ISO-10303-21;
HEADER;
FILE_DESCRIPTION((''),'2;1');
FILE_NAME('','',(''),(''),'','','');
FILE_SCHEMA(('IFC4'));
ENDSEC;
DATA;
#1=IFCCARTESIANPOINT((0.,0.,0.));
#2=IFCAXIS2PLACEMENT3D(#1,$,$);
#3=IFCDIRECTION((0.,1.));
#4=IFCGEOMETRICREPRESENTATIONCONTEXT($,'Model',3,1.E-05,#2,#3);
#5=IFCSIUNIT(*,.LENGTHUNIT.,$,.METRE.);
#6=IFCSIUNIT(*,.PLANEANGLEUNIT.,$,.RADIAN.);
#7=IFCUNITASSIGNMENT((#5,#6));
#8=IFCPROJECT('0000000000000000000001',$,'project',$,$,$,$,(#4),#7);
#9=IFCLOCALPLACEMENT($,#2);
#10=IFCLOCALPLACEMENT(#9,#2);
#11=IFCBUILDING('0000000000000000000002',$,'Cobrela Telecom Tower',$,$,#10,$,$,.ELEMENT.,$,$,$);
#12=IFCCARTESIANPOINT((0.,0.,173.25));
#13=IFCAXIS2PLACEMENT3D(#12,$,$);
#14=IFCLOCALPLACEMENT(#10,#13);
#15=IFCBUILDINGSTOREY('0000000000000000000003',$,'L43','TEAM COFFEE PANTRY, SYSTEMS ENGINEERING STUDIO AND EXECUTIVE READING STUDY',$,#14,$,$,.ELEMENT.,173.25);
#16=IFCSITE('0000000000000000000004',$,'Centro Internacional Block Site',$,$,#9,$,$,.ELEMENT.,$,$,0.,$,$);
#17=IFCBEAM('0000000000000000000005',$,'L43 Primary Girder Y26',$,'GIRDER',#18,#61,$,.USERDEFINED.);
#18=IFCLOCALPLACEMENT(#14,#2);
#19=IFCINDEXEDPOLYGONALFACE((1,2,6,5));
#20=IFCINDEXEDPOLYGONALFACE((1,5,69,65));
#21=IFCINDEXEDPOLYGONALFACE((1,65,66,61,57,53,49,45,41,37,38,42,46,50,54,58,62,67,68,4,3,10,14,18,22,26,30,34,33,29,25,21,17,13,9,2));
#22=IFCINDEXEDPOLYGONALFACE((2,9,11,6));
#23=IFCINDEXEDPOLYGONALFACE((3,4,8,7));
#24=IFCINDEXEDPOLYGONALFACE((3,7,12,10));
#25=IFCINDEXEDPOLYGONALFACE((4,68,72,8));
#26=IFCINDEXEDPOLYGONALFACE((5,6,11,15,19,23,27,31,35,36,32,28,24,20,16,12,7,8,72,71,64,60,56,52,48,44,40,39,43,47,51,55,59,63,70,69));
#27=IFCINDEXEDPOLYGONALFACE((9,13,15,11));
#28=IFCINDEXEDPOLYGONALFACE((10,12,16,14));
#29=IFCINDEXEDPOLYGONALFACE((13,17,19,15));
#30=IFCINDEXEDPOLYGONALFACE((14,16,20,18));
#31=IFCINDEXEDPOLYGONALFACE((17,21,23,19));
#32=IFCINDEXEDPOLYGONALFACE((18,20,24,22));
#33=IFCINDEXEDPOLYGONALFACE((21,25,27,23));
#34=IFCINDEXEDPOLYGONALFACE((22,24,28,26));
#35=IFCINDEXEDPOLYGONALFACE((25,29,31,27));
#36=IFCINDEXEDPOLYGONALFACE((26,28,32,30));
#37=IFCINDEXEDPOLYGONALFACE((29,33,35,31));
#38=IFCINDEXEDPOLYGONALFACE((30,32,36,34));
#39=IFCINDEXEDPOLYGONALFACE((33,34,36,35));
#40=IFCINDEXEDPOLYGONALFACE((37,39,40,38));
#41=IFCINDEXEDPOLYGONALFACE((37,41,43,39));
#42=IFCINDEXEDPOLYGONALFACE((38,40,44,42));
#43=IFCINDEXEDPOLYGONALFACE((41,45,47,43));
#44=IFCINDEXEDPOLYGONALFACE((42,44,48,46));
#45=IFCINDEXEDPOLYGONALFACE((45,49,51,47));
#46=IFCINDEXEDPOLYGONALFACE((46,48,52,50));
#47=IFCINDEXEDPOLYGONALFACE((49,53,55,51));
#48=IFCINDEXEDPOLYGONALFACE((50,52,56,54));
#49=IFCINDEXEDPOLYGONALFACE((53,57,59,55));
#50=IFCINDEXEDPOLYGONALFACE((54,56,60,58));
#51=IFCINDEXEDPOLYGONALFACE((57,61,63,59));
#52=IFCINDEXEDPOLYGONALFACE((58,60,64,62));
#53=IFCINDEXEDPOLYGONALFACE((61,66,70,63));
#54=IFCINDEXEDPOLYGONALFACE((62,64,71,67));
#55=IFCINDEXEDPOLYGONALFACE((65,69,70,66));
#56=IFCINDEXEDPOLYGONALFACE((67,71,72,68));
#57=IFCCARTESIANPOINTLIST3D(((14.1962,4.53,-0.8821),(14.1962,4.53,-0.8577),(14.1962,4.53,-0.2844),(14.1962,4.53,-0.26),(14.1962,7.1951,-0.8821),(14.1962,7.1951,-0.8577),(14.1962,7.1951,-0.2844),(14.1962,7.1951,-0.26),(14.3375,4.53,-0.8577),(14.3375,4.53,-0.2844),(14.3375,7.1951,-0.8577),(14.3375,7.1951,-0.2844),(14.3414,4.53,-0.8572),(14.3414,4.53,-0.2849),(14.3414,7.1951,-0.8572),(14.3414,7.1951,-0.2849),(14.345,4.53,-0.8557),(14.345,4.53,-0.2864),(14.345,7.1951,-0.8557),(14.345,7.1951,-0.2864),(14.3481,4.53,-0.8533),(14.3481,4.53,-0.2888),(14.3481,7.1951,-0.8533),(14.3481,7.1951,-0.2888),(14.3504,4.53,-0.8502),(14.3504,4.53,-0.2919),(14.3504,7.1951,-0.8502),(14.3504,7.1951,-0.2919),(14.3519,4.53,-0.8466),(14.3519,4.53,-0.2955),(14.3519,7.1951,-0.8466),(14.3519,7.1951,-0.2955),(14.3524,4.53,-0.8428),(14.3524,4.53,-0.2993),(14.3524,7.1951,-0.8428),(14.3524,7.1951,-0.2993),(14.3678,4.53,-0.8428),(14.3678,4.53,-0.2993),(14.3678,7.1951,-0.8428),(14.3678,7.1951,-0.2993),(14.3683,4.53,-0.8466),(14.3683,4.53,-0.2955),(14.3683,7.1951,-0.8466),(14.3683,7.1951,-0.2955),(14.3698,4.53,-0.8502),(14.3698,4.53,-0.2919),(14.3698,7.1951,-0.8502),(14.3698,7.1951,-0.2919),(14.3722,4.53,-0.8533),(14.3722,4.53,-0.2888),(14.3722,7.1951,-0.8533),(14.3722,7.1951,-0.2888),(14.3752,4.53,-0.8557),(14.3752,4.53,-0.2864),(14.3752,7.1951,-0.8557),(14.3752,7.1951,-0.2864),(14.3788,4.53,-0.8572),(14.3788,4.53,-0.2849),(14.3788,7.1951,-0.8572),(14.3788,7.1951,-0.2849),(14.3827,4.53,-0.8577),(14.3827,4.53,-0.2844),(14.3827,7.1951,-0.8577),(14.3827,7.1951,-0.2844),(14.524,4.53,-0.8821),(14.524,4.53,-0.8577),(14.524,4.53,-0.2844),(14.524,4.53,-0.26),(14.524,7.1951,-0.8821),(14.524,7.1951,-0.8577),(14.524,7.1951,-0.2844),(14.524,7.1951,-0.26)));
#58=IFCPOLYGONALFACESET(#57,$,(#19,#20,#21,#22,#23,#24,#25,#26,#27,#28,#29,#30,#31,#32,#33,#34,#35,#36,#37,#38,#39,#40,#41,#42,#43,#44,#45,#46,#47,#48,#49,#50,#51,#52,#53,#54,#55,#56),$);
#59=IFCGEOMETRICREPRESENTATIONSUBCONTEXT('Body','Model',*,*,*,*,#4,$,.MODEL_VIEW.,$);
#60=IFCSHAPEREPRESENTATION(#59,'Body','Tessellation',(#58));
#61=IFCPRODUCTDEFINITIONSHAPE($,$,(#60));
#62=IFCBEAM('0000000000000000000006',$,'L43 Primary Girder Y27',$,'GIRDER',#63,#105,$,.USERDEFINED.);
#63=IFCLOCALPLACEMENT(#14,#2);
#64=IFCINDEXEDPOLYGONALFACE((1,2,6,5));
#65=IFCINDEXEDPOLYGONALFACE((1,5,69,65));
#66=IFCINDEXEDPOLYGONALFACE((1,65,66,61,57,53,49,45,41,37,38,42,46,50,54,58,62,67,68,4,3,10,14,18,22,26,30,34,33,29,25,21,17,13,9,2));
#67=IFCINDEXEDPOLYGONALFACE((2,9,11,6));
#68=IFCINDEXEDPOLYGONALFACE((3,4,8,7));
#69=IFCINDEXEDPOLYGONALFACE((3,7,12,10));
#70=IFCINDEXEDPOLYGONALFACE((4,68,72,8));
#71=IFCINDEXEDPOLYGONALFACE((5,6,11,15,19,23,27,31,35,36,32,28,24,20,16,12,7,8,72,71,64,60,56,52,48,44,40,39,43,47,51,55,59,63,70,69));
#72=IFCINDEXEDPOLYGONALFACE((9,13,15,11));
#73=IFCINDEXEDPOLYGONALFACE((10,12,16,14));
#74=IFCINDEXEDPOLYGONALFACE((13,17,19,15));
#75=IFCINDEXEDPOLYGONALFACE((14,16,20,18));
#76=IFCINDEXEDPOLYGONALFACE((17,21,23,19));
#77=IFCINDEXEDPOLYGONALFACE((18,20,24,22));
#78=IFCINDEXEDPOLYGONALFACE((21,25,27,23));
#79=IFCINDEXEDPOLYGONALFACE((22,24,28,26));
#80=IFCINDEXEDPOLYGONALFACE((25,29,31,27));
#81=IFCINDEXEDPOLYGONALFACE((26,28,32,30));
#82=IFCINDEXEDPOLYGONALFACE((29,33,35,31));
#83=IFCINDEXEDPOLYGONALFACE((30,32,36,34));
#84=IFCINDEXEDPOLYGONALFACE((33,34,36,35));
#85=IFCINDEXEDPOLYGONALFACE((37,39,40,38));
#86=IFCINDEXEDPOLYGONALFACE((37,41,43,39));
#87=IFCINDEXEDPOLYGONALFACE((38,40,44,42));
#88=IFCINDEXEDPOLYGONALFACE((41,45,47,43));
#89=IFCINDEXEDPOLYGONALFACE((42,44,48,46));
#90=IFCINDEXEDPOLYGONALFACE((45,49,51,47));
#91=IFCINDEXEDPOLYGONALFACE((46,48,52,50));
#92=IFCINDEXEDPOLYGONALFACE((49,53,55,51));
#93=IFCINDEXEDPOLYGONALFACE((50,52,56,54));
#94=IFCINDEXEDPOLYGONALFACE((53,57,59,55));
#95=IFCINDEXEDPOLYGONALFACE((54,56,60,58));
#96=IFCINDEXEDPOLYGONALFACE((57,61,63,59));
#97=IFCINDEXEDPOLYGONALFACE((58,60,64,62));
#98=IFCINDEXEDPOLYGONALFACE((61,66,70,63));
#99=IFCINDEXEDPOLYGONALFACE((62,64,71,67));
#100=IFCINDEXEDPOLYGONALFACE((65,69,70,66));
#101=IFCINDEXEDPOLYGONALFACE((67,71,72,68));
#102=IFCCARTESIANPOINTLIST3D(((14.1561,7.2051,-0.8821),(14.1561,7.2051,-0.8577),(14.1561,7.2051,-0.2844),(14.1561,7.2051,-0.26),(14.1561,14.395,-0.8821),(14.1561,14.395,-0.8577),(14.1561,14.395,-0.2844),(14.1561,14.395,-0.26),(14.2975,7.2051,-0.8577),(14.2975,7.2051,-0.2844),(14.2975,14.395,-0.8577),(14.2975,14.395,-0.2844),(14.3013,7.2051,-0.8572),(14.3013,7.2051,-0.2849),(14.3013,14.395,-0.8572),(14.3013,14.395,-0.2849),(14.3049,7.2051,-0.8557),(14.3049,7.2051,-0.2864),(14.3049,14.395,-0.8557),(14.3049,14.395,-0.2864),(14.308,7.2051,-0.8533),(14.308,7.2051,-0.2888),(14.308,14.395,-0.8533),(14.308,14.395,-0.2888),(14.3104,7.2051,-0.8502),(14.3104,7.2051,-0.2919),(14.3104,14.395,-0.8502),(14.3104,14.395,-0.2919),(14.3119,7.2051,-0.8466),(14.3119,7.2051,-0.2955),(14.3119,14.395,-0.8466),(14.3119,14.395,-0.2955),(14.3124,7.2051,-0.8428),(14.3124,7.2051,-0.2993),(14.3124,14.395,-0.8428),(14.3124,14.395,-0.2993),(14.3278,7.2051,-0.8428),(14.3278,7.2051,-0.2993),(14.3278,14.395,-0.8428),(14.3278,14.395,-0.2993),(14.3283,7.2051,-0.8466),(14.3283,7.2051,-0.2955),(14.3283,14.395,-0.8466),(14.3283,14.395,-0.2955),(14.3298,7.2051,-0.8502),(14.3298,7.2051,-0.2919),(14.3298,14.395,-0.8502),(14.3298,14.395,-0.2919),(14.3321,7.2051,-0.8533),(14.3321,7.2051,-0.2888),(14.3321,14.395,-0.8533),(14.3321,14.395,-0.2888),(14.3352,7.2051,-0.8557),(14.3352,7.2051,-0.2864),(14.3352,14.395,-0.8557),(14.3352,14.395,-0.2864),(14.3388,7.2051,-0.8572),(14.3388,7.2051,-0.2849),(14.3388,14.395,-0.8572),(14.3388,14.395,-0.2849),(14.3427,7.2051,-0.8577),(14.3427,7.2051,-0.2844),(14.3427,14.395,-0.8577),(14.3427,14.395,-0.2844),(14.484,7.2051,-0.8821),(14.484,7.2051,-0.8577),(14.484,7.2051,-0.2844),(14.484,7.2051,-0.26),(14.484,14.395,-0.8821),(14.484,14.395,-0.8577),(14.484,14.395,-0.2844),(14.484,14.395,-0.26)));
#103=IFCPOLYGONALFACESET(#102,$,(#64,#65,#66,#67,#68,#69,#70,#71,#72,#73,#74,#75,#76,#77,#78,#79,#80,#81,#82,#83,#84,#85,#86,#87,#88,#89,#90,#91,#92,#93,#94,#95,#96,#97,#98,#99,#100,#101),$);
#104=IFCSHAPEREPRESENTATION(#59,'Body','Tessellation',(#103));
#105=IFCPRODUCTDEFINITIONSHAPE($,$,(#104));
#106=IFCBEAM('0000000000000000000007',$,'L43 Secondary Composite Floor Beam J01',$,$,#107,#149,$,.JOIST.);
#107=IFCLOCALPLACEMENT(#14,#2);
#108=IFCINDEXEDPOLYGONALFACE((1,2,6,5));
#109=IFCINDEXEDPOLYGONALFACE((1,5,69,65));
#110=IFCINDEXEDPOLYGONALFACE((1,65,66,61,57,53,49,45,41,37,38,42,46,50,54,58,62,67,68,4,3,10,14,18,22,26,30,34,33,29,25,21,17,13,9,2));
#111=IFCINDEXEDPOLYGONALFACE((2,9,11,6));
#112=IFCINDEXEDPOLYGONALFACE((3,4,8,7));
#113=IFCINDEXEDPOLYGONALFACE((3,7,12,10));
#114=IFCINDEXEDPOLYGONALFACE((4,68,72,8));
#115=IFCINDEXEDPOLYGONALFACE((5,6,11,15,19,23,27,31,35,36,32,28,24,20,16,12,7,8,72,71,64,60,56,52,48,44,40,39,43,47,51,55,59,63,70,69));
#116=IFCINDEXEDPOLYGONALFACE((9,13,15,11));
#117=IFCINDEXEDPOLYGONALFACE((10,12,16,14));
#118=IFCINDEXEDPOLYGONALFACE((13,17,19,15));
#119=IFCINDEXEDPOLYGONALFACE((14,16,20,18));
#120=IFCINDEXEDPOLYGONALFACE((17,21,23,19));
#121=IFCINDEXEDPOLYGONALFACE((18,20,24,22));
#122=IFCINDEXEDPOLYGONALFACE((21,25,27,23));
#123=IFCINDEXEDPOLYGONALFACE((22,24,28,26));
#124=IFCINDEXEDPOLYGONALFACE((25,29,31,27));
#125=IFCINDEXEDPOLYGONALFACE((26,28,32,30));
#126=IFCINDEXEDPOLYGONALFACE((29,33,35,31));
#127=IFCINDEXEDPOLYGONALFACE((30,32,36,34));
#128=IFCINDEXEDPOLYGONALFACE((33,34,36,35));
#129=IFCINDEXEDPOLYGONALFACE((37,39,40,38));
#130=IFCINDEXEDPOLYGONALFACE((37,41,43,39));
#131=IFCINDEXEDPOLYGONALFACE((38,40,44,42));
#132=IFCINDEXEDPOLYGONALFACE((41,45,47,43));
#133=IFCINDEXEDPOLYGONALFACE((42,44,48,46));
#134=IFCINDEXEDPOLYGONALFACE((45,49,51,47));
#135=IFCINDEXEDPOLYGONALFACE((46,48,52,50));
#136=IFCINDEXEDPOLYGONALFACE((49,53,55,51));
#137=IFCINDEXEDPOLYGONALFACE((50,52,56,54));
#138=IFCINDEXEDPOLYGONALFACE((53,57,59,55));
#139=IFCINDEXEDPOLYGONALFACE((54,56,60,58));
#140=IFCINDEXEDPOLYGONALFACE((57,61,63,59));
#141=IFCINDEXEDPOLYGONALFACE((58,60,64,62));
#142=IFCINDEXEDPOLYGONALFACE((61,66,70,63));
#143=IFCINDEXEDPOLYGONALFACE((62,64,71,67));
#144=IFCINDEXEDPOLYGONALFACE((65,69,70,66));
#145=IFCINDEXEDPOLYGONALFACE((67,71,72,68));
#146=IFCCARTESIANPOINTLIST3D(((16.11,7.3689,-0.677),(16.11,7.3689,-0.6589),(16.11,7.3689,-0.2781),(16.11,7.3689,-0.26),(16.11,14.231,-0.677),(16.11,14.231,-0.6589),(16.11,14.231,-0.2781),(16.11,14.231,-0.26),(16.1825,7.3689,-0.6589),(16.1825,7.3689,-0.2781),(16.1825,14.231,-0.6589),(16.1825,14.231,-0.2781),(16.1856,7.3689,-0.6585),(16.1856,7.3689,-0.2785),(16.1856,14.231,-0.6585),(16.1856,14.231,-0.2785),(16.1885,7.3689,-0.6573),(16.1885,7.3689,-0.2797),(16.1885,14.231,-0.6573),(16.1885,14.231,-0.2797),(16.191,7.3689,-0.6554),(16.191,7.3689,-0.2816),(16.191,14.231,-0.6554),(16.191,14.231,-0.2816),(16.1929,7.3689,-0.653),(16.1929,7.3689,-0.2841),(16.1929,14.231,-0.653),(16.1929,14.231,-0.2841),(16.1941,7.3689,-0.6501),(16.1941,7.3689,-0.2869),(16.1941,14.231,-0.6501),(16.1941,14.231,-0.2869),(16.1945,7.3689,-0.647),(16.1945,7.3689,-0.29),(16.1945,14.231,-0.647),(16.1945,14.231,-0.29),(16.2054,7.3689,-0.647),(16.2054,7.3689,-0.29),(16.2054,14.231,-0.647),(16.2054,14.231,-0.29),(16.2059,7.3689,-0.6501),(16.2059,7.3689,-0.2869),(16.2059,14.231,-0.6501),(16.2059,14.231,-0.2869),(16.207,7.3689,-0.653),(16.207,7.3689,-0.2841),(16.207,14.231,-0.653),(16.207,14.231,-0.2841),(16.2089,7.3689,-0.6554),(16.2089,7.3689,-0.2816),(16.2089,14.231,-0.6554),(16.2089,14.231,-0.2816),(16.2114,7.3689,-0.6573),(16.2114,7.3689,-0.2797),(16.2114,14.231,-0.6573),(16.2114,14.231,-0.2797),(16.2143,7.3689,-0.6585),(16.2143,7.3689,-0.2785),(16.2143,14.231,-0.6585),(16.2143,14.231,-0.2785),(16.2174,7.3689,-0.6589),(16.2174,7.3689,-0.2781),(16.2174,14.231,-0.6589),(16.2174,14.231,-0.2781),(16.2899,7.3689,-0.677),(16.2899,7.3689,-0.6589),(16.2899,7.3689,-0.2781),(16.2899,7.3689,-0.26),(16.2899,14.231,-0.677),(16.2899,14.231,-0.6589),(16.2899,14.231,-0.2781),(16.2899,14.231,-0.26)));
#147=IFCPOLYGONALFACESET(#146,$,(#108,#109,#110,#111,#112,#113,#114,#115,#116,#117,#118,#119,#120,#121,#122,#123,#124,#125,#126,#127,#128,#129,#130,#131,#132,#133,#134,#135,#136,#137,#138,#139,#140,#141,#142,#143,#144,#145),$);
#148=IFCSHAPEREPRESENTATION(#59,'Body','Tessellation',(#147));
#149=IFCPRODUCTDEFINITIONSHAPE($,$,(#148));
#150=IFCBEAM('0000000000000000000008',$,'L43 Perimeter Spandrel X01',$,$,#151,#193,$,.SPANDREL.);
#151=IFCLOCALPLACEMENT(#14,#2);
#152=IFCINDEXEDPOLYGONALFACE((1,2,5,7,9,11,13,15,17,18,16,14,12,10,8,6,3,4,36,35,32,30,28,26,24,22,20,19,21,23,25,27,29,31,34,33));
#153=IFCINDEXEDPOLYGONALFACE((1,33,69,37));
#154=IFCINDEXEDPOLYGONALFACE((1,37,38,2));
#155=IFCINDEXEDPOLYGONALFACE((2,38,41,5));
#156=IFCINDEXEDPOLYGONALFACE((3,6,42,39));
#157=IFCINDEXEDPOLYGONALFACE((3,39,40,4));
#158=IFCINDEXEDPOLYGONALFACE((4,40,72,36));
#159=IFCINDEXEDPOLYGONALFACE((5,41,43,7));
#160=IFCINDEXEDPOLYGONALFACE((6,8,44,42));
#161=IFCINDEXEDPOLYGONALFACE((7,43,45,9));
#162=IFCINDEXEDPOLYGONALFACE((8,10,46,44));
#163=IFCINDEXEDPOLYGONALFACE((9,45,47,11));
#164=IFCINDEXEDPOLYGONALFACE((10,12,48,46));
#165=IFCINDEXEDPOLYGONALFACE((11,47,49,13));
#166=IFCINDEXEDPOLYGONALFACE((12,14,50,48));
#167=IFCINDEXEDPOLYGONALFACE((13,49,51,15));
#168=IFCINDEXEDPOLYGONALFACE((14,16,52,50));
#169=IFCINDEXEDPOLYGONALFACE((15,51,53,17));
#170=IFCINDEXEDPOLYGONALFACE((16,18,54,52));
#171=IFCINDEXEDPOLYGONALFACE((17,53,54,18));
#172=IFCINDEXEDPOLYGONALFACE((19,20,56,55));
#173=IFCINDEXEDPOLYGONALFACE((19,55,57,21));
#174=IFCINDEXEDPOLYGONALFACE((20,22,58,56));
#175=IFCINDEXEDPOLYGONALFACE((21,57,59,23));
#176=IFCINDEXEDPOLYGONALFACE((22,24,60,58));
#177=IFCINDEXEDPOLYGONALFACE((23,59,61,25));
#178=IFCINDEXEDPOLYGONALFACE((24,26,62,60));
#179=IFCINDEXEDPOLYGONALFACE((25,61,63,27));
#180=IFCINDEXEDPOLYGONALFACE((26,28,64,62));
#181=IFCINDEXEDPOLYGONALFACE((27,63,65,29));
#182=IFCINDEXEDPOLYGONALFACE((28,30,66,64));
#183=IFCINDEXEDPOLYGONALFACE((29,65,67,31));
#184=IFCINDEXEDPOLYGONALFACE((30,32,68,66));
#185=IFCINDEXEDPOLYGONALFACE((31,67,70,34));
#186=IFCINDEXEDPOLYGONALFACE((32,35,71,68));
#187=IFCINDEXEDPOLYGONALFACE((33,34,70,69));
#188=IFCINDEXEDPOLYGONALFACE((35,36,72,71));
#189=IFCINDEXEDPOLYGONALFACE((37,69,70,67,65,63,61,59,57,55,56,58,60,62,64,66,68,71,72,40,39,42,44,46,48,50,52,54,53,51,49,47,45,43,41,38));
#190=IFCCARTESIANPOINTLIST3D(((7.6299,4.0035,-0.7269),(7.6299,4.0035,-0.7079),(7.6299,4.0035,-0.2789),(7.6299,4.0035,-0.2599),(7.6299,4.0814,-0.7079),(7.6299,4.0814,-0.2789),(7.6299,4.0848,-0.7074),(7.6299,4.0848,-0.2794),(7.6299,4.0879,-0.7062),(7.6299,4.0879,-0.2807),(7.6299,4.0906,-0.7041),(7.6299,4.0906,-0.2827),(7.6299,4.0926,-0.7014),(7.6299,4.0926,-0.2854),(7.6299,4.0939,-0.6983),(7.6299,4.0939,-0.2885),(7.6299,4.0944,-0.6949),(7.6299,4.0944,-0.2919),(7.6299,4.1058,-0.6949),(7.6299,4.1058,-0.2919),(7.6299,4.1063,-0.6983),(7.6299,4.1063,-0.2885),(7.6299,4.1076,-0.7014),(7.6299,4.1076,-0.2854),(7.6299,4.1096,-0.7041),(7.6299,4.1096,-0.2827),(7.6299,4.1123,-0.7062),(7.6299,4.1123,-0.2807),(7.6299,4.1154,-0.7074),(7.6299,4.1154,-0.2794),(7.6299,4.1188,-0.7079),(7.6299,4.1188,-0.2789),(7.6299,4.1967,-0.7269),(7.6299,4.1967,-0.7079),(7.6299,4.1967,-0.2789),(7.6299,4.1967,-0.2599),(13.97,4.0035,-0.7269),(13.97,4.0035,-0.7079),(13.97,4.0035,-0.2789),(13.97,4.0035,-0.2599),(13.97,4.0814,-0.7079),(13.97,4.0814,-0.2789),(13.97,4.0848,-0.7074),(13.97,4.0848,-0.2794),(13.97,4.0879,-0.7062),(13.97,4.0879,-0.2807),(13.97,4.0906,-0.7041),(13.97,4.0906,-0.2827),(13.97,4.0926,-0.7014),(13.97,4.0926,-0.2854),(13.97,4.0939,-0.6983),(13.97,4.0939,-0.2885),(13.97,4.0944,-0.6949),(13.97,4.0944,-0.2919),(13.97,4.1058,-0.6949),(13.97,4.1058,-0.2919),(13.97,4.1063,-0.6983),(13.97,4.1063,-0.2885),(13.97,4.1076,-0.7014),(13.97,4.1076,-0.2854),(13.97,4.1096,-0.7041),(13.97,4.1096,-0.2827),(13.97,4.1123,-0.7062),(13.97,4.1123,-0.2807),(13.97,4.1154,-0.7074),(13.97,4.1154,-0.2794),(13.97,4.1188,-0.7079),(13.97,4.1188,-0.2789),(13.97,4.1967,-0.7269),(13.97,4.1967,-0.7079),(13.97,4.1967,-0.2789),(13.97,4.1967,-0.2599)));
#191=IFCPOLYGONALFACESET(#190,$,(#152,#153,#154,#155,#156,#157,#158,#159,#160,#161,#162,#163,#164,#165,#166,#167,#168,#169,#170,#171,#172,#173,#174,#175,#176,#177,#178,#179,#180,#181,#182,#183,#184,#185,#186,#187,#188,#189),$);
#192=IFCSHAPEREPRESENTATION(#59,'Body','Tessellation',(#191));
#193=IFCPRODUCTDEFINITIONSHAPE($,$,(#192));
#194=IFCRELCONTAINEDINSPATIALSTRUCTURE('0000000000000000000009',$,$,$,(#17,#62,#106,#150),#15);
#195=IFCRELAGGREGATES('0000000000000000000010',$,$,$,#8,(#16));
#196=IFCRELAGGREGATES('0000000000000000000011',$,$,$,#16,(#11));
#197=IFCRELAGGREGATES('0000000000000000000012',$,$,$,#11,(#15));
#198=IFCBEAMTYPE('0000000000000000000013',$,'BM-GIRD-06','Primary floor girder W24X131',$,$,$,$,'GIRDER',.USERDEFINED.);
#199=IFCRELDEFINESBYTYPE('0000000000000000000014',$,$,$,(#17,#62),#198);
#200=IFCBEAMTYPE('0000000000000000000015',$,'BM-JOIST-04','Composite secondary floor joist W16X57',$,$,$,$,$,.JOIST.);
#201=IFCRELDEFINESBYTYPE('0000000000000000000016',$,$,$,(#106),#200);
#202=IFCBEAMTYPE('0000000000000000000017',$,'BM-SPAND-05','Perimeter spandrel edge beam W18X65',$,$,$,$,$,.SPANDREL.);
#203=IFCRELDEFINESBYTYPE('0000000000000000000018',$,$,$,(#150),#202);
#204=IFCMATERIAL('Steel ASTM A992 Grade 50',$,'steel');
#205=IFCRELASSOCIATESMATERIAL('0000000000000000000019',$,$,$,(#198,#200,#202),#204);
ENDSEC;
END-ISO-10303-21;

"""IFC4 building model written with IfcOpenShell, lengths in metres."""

from ifc_helpers import new_model, si_unit, direction, frame, origin, origin_2d, place, context, subcontext, project, spatial, i_section, extrude, material, material_profile, profile_set, type_object, element, save


model = new_model("IFC4")

# Units and contexts
model_context = context("Model", 3, precision=1e-05, world=origin(), true_north=direction((0.0, 1.0)))
body_context = subcontext(model_context, "Body", "Model", "MODEL_VIEW")
ifc_project = project(units=[si_unit("LENGTHUNIT", "METRE"), si_unit("PLANEANGLEUNIT", "RADIAN")], contexts=[model_context])

# Site, building, storey
site_placement = place(None, origin())
site = spatial("IfcSite", under=ifc_project, at=site_placement, Name="Centro Internacional Block Site", CompositionType="ELEMENT", RefElevation=0.0)
building_placement = place(site_placement, origin())
building = spatial("IfcBuilding", under=site, at=building_placement, Name="Cobrela Telecom Tower", CompositionType="ELEMENT")
storey_placement = place(building_placement, frame((0.0, 0.0, 173.25)))
storey = spatial("IfcBuildingStorey", under=building, at=storey_placement, Name="L43", Description="TEAM COFFEE PANTRY, SYSTEMS ENGINEERING STUDIO AND EXECUTIVE READING STUDY", CompositionType="ELEMENT", Elevation=173.25)

# Beams
ifc_material_1 = material(Name="Steel ASTM A992 Grade 50", Category="steel")
ifc_material_profile_1 = material_profile(ifc_material_1, i_section(OverallWidth=0.3279, OverallDepth=0.6221, WebThickness=0.0154, FlangeThickness=0.0244, FilletRadius=0.0149, at=origin_2d()), Name="W24X131")
ifc_profile_set_1 = profile_set([ifc_material_profile_1], Name="Steel ASTM A992 Grade 50")
beam_type_1 = type_object("IfcBeamType", Name="BM-GIRD-06", Description="Primary floor girder W24X131", ElementType="GIRDER", PredefinedType="USERDEFINED", material=ifc_profile_set_1)
beam_1_placement = place(storey_placement, frame((14.3601, 4.53, -0.571), z_axis=(0.0, 1.0, 0.0), x_axis=(-1.0, 0.0, 0.0)))
element("IfcBeam", 1, at=beam_1_placement, inside=storey, type_object=beam_type_1, Name="L43 Primary Girder Y26", ObjectType="GIRDER", PredefinedType="USERDEFINED", context=body_context, shape_type="SweptSolid", body=[
    extrude(i_section(OverallWidth=0.3279, OverallDepth=0.6221, WebThickness=0.0154, FlangeThickness=0.0244, FilletRadius=0.0149, at=origin_2d()), origin(), (0.0, 0.0, 1.0), 2.665),
])
beam_2_placement = place(storey_placement, frame((14.3201, 7.2051, -0.571), z_axis=(0.0, 1.0, 0.0), x_axis=(-1.0, 0.0, 0.0)))
element("IfcBeam", 2, at=beam_2_placement, inside=storey, type_object=beam_type_1, Name="L43 Primary Girder Y27", ObjectType="GIRDER", PredefinedType="USERDEFINED", context=body_context, shape_type="SweptSolid", body=[
    extrude(i_section(OverallWidth=0.3279, OverallDepth=0.6221, WebThickness=0.0154, FlangeThickness=0.0244, FilletRadius=0.0149, at=origin_2d()), origin(), (0.0, 0.0, 1.0), 7.1899),
])
ifc_material_profile_2 = material_profile(ifc_material_1, i_section(OverallWidth=0.1799, OverallDepth=0.417, WebThickness=0.011, FlangeThickness=0.0181, FilletRadius=0.012, at=origin_2d()), Name="W16X57")
ifc_profile_set_2 = profile_set([ifc_material_profile_2], Name="Steel ASTM A992 Grade 50")
beam_type_2 = type_object("IfcBeamType", Name="BM-JOIST-04", Description="Composite secondary floor joist W16X57", PredefinedType="JOIST", material=ifc_profile_set_2)
beam_3_placement = place(storey_placement, frame((16.2, 7.3689, -0.4685), z_axis=(0.0, 1.0, 0.0), x_axis=(-1.0, 0.0, 0.0)))
element("IfcBeam", 3, at=beam_3_placement, inside=storey, type_object=beam_type_2, Name="L43 Secondary Composite Floor Beam J01", PredefinedType="JOIST", context=body_context, shape_type="SweptSolid", body=[
    extrude(i_section(OverallWidth=0.1799, OverallDepth=0.417, WebThickness=0.011, FlangeThickness=0.0181, FilletRadius=0.012, at=origin_2d()), origin(), (0.0, 0.0, 1.0), 6.8621),
])
ifc_material_profile_3 = material_profile(ifc_material_1, i_section(OverallWidth=0.1931, OverallDepth=0.467, WebThickness=0.0115, FlangeThickness=0.019, FilletRadius=0.0129, at=origin_2d()), Name="W18X65")
ifc_profile_set_3 = profile_set([ifc_material_profile_3], Name="Steel ASTM A992 Grade 50")
beam_type_3 = type_object("IfcBeamType", Name="BM-SPAND-05", Description="Perimeter spandrel edge beam W18X65", PredefinedType="SPANDREL", material=ifc_profile_set_3)
beam_4_placement = place(storey_placement, frame((7.6299, 4.1001, -0.4934), z_axis=(1.0, 0.0, 0.0), x_axis=(0.0, 1.0, 0.0)))
element("IfcBeam", 4, at=beam_4_placement, inside=storey, type_object=beam_type_3, Name="L43 Perimeter Spandrel X01", PredefinedType="SPANDREL", context=body_context, shape_type="SweptSolid", body=[
    extrude(i_section(OverallWidth=0.1931, OverallDepth=0.467, WebThickness=0.0115, FlangeThickness=0.019, FilletRadius=0.0129, at=origin_2d()), origin(), (0.0, 0.0, 1.0), 6.3401),
])

save(model, "model.ifc")
